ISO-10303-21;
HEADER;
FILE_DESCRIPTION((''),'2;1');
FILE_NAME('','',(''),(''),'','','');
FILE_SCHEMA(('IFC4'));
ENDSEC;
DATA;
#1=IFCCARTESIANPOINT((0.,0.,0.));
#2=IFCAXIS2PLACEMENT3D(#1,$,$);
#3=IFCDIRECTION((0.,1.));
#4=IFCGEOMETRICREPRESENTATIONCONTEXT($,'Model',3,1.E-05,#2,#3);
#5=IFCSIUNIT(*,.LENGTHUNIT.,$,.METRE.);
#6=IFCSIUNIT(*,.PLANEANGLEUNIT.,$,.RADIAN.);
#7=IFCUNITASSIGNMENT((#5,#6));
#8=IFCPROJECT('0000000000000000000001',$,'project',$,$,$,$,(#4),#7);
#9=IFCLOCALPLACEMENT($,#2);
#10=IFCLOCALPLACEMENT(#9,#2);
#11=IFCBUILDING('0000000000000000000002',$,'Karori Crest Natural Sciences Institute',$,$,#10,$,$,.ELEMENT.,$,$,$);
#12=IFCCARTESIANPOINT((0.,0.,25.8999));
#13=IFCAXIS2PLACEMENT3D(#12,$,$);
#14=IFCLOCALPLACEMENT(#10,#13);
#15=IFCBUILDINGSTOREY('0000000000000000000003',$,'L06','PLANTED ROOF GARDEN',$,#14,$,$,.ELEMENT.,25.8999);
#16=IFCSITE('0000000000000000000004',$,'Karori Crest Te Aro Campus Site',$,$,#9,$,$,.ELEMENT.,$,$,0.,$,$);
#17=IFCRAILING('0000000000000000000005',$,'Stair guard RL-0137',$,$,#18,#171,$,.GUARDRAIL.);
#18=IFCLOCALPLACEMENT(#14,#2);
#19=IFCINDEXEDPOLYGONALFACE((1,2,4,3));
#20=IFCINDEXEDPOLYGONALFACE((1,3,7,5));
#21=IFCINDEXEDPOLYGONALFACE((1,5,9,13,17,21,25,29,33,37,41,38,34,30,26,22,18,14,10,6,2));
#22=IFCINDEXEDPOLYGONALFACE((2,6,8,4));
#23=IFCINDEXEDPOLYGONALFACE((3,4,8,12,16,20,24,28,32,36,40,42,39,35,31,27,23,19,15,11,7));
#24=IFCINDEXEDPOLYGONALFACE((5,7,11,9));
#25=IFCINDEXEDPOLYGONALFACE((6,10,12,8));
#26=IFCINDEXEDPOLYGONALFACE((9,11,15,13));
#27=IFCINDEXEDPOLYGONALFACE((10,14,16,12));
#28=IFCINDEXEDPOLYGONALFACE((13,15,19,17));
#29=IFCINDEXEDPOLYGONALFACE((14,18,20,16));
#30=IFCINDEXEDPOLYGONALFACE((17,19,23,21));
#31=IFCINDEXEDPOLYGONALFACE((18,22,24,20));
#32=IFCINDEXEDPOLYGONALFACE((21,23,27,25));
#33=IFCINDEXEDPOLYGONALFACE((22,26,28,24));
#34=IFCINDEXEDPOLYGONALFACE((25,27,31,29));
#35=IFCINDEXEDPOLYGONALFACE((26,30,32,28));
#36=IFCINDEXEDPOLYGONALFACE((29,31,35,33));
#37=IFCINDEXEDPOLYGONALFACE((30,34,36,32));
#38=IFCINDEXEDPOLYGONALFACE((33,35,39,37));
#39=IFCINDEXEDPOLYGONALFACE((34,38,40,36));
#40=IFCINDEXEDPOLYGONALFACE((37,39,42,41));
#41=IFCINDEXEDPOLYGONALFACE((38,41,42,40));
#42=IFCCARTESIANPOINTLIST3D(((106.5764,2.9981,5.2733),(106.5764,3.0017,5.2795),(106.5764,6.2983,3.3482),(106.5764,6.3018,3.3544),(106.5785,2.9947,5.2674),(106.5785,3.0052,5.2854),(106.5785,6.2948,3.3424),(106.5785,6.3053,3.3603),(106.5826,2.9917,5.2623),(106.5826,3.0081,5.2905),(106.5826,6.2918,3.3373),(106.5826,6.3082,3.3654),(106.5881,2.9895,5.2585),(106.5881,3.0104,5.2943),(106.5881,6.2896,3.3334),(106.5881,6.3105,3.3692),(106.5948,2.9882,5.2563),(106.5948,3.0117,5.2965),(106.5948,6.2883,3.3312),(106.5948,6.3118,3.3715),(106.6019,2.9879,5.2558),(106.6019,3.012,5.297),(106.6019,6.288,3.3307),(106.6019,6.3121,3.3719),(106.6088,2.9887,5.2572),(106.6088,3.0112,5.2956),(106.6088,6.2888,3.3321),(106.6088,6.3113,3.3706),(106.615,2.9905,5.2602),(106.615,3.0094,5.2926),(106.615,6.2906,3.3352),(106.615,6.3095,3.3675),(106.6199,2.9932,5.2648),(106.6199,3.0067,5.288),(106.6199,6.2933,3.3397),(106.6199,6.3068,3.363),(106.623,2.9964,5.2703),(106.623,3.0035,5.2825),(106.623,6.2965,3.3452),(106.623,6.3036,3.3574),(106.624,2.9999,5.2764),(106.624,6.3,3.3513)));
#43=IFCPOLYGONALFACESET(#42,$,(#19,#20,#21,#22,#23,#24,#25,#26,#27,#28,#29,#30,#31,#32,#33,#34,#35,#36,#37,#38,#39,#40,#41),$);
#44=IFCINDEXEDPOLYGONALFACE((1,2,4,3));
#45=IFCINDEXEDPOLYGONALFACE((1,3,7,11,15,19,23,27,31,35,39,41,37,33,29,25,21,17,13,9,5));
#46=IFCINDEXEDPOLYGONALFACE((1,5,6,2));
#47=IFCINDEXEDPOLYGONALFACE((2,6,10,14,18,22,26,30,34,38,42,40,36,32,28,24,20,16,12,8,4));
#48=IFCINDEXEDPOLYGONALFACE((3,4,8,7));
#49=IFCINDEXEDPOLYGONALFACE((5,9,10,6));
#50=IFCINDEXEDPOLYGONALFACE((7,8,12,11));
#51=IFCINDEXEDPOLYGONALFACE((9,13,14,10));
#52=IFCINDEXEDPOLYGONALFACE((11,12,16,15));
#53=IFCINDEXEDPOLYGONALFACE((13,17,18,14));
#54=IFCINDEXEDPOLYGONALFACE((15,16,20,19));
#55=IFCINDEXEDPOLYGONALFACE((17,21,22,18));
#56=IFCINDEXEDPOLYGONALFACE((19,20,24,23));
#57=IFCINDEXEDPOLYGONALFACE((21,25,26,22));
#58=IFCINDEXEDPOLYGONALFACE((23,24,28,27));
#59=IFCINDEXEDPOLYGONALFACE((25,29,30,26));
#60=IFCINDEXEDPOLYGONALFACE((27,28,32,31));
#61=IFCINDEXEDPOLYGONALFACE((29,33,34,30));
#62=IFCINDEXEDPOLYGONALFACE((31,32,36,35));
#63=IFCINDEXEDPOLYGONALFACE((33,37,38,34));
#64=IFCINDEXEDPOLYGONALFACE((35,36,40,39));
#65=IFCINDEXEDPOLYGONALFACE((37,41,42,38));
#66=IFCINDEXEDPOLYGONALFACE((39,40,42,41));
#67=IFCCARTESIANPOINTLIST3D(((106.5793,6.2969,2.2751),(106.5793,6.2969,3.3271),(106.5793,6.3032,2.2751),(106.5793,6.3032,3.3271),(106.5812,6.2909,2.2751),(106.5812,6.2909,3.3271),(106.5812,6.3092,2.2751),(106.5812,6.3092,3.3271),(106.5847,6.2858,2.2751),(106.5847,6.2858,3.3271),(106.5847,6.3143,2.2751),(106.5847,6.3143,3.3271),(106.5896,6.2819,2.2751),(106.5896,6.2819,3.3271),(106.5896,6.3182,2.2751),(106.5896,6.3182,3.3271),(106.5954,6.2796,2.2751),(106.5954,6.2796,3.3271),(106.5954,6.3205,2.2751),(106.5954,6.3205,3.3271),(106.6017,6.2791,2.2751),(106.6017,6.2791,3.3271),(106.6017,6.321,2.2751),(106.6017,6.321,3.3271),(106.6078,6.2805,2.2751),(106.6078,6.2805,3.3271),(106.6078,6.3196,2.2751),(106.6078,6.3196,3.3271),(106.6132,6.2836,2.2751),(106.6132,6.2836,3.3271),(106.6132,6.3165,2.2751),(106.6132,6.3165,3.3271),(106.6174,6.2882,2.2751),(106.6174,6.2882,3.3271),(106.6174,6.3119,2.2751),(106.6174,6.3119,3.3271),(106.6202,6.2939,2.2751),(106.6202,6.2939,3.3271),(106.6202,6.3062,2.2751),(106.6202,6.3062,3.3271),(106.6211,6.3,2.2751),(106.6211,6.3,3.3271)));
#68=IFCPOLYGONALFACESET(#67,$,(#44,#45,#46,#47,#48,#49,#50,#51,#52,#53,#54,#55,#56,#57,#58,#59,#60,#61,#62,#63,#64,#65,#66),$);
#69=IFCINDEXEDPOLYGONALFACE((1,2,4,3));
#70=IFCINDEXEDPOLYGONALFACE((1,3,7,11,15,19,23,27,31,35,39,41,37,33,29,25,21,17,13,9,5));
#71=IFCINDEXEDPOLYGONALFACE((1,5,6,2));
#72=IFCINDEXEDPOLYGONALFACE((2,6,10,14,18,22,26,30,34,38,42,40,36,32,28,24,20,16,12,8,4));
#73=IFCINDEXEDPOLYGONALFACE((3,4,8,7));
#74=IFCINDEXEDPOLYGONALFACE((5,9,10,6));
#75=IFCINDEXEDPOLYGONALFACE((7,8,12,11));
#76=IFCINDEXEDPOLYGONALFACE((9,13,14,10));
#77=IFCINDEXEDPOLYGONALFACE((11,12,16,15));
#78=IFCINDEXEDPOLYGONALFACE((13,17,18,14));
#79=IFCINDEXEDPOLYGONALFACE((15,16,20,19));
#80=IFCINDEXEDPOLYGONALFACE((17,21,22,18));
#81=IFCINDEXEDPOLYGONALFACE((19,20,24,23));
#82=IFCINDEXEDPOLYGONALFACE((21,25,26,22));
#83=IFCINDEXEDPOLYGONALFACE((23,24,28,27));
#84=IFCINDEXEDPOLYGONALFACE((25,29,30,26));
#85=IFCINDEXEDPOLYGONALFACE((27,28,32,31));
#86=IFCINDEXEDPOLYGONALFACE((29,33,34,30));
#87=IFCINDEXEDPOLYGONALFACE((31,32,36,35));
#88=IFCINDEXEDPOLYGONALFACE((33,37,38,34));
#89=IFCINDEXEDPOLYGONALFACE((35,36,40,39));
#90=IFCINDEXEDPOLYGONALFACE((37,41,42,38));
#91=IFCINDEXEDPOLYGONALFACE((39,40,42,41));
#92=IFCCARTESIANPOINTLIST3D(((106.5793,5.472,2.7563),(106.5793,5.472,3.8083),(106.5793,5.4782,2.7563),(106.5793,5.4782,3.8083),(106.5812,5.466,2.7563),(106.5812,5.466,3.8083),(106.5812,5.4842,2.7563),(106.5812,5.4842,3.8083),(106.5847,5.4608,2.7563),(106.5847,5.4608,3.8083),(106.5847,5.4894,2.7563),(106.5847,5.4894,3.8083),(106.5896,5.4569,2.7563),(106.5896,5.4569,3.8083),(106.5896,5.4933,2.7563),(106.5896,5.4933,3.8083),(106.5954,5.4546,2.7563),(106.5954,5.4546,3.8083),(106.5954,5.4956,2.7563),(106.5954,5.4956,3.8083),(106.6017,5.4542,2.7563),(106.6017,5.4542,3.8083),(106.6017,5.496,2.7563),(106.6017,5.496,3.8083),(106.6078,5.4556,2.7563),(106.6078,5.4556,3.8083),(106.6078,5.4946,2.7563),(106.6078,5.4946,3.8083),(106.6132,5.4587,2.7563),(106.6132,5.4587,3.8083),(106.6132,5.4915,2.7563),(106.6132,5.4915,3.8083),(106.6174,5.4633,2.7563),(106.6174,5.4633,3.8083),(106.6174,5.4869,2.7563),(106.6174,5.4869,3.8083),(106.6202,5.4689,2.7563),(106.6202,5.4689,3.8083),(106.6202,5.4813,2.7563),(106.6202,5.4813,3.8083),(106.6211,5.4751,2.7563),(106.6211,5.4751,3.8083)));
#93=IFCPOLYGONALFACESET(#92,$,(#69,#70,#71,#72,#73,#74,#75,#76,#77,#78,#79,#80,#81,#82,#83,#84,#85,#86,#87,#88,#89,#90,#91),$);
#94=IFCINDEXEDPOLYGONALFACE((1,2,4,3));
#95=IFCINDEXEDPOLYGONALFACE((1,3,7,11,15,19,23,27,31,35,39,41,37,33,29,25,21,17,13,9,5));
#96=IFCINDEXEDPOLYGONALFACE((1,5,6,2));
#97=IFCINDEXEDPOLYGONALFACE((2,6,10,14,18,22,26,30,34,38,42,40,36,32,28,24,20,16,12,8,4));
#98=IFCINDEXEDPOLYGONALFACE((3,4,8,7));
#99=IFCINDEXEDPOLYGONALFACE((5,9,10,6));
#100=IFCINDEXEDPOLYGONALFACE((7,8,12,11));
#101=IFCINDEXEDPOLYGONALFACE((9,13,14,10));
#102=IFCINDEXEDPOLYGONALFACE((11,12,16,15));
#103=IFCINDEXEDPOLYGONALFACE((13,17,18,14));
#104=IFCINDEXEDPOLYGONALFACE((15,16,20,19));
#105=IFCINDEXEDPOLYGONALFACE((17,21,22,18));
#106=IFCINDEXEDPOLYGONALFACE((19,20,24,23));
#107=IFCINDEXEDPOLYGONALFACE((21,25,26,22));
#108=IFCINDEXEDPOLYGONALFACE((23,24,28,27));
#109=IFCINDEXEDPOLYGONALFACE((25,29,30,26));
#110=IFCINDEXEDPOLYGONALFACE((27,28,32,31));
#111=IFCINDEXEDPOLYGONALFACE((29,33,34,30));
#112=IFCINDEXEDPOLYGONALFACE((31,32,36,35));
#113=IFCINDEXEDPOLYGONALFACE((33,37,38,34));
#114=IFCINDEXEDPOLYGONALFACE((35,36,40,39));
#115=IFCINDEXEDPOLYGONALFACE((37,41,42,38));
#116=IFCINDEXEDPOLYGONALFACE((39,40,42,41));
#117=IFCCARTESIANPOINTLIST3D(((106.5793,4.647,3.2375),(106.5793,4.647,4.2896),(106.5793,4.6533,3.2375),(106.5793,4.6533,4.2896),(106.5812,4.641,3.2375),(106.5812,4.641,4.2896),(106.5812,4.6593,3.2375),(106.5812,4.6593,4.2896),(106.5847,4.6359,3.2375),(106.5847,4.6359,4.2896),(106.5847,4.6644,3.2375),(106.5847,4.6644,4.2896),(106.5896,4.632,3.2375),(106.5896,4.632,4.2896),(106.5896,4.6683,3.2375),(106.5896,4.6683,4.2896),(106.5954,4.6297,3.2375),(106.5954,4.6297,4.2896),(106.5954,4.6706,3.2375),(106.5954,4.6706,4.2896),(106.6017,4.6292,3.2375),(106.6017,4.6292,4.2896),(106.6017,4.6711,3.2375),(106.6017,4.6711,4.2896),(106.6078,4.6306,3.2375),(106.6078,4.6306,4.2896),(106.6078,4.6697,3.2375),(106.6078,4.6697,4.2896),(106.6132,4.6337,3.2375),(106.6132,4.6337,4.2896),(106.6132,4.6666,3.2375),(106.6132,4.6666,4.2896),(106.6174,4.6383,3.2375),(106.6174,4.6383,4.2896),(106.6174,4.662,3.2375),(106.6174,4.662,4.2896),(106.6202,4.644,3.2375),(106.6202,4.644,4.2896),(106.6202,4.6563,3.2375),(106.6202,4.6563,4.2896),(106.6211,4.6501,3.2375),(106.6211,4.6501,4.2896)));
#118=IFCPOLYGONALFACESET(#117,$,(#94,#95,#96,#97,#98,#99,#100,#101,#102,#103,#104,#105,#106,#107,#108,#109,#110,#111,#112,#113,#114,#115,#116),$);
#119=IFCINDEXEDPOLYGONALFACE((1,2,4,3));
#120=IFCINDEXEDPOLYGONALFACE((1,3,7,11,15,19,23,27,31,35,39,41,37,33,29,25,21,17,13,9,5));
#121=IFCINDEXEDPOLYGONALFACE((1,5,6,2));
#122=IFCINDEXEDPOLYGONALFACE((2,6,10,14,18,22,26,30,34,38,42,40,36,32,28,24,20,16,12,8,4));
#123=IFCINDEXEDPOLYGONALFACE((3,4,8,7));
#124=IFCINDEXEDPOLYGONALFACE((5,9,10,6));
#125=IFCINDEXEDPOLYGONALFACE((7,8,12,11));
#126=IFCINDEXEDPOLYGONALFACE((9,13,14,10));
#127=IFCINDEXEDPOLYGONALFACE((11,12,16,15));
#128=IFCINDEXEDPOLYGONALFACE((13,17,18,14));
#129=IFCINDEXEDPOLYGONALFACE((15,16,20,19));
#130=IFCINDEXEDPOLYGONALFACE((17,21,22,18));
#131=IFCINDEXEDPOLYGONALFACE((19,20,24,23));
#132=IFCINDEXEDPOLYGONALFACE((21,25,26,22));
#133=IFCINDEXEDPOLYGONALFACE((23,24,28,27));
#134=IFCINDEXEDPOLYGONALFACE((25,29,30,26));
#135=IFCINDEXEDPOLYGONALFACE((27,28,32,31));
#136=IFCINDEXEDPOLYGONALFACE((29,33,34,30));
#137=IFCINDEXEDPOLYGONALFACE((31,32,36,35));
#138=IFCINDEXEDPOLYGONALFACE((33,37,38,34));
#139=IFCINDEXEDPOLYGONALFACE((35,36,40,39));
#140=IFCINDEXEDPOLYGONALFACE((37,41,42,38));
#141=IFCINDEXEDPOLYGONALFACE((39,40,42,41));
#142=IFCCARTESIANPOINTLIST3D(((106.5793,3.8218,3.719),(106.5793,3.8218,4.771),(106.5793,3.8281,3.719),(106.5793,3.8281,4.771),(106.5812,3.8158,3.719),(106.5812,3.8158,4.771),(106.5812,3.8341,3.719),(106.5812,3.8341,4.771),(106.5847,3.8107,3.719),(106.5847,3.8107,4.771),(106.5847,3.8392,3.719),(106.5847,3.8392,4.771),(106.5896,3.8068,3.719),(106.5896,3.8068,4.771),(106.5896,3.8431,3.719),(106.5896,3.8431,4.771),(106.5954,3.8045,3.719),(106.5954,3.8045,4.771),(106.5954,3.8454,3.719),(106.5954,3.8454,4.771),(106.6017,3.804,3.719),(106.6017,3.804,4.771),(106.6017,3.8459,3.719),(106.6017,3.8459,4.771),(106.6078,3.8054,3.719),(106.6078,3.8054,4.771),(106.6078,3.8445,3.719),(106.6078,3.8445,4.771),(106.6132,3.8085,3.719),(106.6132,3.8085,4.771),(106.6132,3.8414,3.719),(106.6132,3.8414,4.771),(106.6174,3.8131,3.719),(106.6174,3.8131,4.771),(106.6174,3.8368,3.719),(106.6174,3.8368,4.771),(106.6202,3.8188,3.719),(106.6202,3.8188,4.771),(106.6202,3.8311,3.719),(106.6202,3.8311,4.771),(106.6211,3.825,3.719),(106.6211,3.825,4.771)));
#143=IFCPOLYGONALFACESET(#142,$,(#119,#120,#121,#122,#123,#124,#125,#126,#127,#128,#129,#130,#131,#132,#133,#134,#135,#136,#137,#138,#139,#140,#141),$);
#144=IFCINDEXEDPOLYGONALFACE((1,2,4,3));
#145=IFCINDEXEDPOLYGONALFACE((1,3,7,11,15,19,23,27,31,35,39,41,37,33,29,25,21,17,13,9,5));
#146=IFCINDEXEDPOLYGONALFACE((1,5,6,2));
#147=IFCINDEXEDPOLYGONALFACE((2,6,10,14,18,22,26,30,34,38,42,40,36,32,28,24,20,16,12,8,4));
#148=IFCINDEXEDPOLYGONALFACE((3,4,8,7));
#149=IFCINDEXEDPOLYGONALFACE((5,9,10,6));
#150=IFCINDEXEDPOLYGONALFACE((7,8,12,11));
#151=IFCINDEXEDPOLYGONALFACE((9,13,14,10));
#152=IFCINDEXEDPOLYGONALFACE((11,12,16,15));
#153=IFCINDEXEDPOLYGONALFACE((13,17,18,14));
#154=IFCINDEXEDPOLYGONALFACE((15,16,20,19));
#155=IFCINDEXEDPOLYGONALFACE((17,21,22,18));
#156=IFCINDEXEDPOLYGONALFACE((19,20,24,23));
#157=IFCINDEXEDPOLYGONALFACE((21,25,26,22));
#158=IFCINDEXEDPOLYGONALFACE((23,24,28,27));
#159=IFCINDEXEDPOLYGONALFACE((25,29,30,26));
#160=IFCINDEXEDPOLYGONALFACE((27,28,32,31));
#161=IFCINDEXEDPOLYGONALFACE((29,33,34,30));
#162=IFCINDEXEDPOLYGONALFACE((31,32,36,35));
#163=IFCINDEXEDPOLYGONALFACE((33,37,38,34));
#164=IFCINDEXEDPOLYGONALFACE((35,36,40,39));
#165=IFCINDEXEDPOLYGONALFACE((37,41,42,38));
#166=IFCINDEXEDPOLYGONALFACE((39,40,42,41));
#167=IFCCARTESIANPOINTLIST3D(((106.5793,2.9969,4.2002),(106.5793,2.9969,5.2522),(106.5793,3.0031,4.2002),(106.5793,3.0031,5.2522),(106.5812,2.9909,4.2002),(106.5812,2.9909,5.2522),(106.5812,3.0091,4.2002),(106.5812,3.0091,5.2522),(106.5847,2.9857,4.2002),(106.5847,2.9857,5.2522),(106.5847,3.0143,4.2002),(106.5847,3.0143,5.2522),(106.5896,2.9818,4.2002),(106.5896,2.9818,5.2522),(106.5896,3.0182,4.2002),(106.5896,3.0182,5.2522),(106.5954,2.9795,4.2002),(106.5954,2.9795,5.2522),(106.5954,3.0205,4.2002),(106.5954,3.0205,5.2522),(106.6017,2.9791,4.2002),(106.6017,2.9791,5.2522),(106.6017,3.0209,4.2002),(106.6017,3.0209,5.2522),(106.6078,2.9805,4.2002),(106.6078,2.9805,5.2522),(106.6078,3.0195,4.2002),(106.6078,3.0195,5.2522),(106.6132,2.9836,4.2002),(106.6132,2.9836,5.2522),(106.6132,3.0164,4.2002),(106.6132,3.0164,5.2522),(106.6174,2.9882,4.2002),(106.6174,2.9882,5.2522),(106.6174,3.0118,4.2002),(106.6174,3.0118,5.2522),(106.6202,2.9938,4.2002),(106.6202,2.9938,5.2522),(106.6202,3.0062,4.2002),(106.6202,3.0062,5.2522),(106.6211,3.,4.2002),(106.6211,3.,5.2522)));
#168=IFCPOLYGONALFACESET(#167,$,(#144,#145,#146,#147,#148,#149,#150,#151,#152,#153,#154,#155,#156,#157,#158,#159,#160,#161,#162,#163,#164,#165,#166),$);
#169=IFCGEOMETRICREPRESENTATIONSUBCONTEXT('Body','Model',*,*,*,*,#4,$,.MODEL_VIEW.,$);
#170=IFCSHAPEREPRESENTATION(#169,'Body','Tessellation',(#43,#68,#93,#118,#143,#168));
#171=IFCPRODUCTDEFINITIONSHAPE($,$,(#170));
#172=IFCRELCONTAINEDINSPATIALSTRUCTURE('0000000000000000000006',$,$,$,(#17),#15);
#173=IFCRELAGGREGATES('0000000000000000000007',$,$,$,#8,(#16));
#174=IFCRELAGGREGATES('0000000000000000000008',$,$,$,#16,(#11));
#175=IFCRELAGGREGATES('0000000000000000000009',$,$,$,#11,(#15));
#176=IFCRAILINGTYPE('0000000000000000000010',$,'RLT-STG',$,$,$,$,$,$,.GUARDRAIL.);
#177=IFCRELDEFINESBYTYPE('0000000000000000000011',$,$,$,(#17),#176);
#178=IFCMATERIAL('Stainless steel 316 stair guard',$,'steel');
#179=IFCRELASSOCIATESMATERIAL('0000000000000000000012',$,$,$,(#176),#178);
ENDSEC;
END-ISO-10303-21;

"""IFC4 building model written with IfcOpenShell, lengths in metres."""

from ifc_helpers import new_model, si_unit, direction, frame, origin, origin_2d, place, context, subcontext, project, spatial, circle, extrude, material, type_object, element, save


model = new_model("IFC4")

# Units and contexts
model_context = context("Model", 3, precision=1e-05, world=origin(), true_north=direction((0.0, 1.0)))
body_context = subcontext(model_context, "Body", "Model", "MODEL_VIEW")
ifc_project = project(units=[si_unit("LENGTHUNIT", "METRE"), si_unit("PLANEANGLEUNIT", "RADIAN")], contexts=[model_context])

# Site, building, storey
site_placement = place(None, origin())
site = spatial("IfcSite", under=ifc_project, at=site_placement, Name="Karori Crest Te Aro Campus Site", CompositionType="ELEMENT", RefElevation=0.0)
building_placement = place(site_placement, origin())
building = spatial("IfcBuilding", under=site, at=building_placement, Name="Karori Crest Natural Sciences Institute", CompositionType="ELEMENT")
storey_placement = place(building_placement, frame((0.0, 0.0, 25.8999)))
storey = spatial("IfcBuildingStorey", under=building, at=storey_placement, Name="L06", Description="PLANTED ROOF GARDEN", CompositionType="ELEMENT", Elevation=25.8999)

# Railing
ifc_material_1 = material(Name="Stainless steel 316 stair guard", Category="steel")
railing_type = type_object("IfcRailingType", Name="RLT-STG", PredefinedType="GUARDRAIL", material=ifc_material_1)
railing_1_placement = place(storey_placement, frame((106.6001, 6.3, 2.2751)))
element("IfcRailing", 1, at=railing_1_placement, inside=storey, type_object=railing_type, Name="Stair guard RL-0137", PredefinedType="GUARDRAIL", context=body_context, shape_type="SweptSolid", body=[
    extrude(circle(Radius=0.0239, at=origin_2d()), frame((0.0, 0.0, 1.0762), z_axis=(0.0, -0.863777, 0.503875), x_axis=(1.0, 0.0, 0.0)), (0.0, 0.0, 1.0), 3.8206),
    extrude(circle(Radius=0.021, at=origin_2d()), origin(), (0.0, 0.0, 1.0), 1.052),
    extrude(circle(Radius=0.021, at=origin_2d()), frame((0.0, -0.825, 0.4812)), (0.0, 0.0, 1.0), 1.052),
    extrude(circle(Radius=0.021, at=origin_2d()), frame((0.0, -1.6499, 0.9624)), (0.0, 0.0, 1.0), 1.052),
    extrude(circle(Radius=0.021, at=origin_2d()), frame((0.0, -2.4751, 1.4438)), (0.0, 0.0, 1.0), 1.052),
    extrude(circle(Radius=0.021, at=origin_2d()), frame((0.0, -3.3, 1.925)), (0.0, 0.0, 1.0), 1.052),
])

save(model, "model.ifc")
